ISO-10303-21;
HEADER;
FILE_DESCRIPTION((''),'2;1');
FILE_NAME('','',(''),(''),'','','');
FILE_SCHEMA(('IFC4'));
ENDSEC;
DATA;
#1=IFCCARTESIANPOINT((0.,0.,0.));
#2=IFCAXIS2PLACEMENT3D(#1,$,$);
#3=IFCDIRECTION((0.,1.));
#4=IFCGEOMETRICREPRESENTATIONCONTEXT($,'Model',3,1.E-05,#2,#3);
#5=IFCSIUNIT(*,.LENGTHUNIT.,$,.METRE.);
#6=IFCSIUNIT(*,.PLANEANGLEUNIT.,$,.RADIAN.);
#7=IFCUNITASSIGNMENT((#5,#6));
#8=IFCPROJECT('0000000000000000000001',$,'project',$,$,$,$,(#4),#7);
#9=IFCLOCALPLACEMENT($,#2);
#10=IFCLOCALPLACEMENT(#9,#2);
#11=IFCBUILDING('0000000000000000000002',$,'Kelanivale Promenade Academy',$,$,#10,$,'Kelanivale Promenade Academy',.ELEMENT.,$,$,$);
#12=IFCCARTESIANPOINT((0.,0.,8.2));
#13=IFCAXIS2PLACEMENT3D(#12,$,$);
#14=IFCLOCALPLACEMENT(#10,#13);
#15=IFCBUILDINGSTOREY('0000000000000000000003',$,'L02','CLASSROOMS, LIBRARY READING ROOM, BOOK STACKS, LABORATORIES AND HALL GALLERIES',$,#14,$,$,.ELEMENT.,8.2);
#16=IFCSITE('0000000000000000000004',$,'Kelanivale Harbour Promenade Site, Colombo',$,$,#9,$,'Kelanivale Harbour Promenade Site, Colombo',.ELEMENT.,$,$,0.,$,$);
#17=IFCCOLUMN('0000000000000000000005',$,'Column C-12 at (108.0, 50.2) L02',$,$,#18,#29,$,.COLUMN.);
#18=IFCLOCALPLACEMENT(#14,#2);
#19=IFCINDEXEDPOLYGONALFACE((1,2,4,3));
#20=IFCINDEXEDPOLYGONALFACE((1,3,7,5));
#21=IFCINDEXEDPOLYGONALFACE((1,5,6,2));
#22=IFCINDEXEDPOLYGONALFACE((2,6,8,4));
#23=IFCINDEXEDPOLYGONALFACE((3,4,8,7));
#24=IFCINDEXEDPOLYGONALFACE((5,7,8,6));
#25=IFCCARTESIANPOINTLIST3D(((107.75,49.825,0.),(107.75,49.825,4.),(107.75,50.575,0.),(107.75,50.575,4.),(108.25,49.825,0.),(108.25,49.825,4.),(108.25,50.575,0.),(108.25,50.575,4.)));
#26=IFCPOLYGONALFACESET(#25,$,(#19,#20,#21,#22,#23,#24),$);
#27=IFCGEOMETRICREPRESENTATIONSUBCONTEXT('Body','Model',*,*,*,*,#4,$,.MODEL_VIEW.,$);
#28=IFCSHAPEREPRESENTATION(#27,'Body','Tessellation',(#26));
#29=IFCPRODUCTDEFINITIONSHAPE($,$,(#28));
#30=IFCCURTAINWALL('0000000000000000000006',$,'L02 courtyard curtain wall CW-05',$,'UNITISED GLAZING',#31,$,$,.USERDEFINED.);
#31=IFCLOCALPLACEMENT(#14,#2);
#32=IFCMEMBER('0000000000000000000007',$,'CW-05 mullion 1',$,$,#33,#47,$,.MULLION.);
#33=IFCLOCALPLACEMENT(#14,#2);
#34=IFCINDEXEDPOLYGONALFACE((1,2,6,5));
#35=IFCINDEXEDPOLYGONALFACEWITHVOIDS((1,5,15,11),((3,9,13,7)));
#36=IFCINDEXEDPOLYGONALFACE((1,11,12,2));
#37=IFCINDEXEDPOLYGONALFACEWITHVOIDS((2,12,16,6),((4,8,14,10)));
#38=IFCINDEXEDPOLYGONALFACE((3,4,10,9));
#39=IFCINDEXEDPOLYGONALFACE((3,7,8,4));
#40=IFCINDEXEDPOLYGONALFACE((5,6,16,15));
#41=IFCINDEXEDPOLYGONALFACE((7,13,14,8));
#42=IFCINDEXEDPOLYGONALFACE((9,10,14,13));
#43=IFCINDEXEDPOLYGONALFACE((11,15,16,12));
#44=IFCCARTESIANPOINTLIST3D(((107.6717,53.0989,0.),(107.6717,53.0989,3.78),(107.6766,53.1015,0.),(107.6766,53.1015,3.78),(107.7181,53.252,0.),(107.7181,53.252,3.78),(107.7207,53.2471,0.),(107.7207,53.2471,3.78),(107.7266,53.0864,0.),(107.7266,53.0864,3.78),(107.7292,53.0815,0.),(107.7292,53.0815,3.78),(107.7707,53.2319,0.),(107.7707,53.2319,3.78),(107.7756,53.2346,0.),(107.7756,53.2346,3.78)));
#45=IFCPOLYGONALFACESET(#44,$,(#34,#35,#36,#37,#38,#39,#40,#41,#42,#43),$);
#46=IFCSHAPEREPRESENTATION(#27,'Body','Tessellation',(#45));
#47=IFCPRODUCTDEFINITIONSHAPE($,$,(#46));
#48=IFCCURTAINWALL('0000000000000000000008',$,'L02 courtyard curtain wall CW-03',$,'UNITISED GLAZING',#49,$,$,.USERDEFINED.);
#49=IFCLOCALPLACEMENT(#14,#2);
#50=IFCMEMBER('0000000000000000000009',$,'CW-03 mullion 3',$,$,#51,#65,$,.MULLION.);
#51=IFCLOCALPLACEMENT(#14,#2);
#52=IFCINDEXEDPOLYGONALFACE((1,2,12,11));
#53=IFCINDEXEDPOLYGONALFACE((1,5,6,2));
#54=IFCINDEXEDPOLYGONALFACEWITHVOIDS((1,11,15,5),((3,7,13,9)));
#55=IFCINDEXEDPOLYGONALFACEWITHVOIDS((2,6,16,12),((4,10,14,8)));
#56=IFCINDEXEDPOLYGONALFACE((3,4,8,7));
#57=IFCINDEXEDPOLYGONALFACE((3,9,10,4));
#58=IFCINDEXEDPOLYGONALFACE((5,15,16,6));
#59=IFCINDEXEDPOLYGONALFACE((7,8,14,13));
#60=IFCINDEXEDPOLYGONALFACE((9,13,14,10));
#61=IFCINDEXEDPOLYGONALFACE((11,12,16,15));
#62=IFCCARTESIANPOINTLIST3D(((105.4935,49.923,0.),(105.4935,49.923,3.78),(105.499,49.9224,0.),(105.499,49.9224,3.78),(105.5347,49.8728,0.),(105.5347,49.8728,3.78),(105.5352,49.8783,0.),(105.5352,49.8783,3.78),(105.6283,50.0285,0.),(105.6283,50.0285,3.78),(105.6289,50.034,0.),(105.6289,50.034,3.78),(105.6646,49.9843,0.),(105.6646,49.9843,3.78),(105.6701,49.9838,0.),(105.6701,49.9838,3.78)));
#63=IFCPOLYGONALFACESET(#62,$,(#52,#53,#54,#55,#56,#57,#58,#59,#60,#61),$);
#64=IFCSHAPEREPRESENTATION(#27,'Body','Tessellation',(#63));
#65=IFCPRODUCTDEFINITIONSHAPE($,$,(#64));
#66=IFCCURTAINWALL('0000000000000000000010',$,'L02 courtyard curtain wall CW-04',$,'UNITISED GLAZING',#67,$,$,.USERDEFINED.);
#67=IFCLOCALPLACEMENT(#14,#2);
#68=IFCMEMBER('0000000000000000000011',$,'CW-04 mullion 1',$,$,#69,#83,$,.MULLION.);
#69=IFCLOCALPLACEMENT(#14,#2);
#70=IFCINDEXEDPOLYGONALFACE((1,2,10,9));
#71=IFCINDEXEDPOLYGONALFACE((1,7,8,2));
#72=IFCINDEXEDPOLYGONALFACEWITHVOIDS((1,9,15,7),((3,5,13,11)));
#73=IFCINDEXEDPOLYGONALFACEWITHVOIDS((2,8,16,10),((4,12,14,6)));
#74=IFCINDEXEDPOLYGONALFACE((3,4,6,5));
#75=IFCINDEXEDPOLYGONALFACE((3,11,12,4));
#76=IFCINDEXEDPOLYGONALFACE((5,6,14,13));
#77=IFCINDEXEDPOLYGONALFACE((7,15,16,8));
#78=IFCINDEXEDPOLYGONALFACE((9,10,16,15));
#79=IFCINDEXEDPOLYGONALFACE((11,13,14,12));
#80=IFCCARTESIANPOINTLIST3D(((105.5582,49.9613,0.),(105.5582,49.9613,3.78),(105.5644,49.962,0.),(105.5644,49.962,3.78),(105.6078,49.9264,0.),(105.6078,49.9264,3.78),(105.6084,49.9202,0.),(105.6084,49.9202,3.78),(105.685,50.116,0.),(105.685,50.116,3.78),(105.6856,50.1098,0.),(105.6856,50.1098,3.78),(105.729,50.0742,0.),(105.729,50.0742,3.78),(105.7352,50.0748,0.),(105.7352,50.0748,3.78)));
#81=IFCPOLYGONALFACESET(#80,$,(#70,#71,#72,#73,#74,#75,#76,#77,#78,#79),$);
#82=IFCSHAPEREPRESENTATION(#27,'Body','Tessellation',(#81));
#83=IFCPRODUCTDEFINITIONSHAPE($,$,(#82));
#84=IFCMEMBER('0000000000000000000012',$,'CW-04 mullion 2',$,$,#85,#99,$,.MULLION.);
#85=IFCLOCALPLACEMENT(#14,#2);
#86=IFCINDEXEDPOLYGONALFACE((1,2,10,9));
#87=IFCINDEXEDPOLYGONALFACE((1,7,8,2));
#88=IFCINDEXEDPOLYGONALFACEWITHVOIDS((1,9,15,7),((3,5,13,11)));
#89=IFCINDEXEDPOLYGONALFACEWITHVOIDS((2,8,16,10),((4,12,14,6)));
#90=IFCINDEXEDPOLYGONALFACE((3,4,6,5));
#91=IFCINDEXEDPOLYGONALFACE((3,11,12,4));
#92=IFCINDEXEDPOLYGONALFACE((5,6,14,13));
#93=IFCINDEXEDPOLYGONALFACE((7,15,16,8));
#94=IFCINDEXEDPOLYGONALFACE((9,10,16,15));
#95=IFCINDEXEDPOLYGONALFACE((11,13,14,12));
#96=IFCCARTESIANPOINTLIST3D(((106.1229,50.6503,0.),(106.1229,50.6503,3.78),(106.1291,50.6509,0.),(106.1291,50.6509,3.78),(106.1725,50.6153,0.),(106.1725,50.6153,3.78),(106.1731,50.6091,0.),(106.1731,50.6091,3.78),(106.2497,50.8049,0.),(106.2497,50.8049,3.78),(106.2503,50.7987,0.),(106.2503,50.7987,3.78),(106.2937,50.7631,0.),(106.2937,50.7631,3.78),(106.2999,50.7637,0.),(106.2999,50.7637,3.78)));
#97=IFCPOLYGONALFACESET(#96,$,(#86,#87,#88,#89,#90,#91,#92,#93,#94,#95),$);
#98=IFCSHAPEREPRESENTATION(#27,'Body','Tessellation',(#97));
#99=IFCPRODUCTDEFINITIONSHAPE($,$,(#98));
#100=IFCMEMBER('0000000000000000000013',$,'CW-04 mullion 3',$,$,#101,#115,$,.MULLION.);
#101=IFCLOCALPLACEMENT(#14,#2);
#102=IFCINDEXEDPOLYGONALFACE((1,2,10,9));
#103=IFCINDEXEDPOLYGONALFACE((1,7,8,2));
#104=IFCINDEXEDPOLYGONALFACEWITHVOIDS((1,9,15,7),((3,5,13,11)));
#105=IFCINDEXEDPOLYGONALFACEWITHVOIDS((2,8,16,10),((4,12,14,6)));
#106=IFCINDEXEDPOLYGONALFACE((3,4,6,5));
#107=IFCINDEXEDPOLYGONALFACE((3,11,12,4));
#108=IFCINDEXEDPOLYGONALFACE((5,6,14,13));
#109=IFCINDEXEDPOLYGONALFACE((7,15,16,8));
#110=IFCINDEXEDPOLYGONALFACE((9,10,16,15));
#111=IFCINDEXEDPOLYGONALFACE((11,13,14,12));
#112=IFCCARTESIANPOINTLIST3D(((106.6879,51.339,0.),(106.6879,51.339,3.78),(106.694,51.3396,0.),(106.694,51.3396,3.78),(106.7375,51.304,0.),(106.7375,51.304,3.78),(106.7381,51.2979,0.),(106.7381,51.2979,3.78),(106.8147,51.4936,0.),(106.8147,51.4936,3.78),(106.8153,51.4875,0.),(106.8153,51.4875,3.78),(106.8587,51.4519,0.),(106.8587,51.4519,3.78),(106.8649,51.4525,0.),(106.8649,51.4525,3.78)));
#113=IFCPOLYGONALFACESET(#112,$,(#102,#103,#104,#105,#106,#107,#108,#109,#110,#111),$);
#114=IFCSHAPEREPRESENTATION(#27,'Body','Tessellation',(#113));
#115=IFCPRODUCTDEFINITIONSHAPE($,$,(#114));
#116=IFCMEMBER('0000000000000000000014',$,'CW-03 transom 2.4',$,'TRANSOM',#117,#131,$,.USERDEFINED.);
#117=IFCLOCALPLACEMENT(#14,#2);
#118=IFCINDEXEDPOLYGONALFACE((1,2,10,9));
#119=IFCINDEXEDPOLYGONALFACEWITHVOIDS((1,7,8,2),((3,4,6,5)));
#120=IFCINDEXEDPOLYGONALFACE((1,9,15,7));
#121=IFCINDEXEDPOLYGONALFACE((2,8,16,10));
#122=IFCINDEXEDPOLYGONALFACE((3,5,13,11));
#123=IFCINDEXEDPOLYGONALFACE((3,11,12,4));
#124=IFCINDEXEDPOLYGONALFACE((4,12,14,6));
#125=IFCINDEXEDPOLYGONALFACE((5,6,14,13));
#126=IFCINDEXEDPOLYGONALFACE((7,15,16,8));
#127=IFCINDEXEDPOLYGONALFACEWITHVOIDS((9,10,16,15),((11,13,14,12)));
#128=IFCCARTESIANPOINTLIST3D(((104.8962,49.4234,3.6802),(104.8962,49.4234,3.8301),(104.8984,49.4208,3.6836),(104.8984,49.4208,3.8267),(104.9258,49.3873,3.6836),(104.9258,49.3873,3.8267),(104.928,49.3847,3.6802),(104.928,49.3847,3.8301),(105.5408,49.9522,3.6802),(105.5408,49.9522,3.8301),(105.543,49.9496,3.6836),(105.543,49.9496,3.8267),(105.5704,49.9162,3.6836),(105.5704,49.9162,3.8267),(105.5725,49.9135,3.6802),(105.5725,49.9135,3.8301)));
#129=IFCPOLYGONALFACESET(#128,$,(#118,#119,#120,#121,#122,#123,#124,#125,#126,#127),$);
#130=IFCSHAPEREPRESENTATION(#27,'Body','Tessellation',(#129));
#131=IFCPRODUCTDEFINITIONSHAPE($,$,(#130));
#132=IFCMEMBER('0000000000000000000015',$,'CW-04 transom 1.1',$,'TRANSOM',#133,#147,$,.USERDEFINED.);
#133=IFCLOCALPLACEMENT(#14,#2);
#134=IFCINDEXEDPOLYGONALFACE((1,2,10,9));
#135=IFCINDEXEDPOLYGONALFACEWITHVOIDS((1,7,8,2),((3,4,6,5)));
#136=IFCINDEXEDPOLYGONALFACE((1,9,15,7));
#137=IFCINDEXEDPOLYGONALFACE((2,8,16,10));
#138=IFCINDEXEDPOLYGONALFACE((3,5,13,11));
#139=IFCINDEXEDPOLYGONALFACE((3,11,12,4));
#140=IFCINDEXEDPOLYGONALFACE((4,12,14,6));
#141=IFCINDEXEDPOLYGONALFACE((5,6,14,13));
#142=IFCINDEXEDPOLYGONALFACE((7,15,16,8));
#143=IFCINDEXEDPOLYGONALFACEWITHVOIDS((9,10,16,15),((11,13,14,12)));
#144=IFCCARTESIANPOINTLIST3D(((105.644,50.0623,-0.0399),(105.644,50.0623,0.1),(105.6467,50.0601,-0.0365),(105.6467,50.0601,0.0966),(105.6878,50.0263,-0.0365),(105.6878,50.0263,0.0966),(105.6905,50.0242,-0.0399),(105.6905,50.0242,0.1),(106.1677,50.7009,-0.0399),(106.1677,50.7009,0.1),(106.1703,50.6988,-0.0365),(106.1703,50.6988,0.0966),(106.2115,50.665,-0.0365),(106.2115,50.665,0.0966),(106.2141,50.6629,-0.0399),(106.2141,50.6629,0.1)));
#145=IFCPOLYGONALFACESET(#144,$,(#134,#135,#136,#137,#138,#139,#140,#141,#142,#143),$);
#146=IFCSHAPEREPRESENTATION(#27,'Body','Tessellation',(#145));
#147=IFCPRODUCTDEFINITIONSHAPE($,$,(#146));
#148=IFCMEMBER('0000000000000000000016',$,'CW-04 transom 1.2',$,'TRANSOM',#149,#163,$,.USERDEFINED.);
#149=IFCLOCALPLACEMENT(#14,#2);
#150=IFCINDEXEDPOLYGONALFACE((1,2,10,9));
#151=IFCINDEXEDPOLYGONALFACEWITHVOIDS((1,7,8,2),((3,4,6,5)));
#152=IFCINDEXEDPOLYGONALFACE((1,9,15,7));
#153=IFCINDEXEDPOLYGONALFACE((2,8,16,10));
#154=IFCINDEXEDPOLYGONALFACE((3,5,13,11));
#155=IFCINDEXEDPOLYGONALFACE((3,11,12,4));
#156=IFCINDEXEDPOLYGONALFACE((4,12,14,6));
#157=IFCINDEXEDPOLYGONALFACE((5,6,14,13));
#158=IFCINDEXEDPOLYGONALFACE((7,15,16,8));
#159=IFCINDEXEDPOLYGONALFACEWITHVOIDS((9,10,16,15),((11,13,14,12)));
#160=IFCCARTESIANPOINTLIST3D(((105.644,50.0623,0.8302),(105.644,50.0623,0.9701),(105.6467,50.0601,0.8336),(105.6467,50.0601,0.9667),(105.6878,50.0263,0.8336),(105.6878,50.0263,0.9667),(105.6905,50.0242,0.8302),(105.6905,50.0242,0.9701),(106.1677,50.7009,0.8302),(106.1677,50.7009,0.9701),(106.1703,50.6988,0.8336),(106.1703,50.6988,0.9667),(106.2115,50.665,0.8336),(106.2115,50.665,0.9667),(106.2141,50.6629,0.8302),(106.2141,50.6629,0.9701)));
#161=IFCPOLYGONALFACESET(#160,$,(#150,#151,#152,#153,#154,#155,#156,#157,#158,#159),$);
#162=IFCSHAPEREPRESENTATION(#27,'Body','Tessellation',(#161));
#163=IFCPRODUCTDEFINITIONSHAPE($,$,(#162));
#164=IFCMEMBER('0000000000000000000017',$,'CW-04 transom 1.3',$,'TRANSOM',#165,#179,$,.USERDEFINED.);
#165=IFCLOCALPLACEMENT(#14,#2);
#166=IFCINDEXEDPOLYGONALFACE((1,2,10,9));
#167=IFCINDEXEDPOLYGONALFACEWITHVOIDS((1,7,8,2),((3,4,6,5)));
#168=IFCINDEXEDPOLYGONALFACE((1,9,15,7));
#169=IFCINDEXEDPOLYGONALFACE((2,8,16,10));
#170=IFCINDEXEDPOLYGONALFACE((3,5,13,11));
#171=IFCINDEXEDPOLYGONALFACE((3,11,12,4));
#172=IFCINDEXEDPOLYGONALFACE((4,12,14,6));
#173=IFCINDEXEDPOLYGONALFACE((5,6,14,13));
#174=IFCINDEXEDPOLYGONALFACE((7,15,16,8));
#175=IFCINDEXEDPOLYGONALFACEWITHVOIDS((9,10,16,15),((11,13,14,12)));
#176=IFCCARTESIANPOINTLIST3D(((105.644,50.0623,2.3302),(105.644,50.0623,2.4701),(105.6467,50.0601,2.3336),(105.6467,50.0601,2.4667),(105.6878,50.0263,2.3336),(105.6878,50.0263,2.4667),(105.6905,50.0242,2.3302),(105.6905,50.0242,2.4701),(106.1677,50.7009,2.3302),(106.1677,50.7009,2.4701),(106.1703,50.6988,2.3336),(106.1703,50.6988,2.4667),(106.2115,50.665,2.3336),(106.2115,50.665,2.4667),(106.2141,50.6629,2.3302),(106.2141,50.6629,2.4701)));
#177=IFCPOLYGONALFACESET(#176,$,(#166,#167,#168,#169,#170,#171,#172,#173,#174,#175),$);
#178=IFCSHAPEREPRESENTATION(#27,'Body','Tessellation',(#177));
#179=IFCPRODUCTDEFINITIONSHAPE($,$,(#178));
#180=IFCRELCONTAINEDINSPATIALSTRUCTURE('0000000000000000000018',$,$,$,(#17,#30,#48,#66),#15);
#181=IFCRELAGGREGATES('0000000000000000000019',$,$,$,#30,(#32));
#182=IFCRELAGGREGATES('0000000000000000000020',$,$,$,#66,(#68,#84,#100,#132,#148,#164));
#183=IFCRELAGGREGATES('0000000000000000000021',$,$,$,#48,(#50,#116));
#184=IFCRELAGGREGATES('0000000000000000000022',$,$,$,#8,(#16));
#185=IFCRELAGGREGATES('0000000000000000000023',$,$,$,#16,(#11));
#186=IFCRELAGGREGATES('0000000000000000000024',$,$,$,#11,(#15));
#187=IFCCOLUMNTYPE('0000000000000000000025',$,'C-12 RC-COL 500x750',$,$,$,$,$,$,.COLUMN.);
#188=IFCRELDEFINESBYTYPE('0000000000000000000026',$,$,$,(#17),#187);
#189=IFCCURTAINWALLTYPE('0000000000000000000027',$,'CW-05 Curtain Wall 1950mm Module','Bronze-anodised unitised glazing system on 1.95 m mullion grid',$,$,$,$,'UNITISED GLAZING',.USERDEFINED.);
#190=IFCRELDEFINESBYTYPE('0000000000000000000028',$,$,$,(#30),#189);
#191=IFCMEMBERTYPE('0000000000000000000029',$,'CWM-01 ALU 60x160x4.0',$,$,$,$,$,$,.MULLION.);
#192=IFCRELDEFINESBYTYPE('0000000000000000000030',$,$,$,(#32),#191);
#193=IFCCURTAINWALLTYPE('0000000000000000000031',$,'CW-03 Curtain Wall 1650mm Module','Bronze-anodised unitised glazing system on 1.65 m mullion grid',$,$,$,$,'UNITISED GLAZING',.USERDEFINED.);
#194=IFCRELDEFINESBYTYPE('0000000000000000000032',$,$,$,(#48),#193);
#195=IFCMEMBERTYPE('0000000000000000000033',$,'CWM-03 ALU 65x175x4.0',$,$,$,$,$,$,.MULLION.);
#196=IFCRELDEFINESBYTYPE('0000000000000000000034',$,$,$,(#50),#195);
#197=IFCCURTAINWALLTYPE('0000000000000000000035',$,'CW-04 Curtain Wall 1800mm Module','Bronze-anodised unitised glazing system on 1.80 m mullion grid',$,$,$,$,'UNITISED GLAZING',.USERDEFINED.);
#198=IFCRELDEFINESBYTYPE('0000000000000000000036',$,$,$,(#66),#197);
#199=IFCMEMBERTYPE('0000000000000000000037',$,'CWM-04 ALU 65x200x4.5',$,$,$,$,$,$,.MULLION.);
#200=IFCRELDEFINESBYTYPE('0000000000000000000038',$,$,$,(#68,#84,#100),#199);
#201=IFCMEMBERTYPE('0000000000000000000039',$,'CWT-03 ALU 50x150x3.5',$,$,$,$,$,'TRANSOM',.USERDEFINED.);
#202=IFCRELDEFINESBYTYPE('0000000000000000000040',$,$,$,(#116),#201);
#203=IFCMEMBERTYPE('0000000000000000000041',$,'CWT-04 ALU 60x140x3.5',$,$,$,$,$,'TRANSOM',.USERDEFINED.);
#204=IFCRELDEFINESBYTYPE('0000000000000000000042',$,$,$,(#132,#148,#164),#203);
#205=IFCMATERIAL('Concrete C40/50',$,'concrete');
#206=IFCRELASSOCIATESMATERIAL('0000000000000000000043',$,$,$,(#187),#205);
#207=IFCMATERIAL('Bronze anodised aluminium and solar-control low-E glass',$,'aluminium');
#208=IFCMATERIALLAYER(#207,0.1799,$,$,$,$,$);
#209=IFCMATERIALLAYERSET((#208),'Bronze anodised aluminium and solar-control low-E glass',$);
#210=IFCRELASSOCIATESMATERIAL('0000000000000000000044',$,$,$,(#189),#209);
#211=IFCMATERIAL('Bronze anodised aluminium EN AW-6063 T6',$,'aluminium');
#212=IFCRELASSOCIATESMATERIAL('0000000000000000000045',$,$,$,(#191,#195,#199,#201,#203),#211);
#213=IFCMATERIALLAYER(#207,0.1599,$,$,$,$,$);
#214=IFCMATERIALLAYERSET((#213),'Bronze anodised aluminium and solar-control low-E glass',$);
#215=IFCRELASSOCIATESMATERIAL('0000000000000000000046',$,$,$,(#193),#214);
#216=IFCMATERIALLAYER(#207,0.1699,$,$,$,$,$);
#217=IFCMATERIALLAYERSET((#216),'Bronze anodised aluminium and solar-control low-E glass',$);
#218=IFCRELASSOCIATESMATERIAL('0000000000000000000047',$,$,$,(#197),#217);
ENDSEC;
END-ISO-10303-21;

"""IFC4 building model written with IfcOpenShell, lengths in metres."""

from ifc_helpers import new_model, si_unit, direction, frame, origin, origin_2d, place, context, subcontext, project, spatial, rectangle, hollow_rectangle, extrude, material, layer, layer_set, material_profile, profile_set, type_object, element, aggregate, save


model = new_model("IFC4")

# Units and contexts
model_context = context("Model", 3, precision=1e-05, world=origin(), true_north=direction((0.0, 1.0)))
body_context = subcontext(model_context, "Body", "Model", "MODEL_VIEW")
ifc_project = project(units=[si_unit("LENGTHUNIT", "METRE"), si_unit("PLANEANGLEUNIT", "RADIAN")], contexts=[model_context])

# Site, building, storey
site_placement = place(None, origin())
site = spatial("IfcSite", under=ifc_project, at=site_placement, Name="Kelanivale Harbour Promenade Site, Colombo", LongName="Kelanivale Harbour Promenade Site, Colombo", CompositionType="ELEMENT", RefElevation=0.0)
building_placement = place(site_placement, origin())
building = spatial("IfcBuilding", under=site, at=building_placement, Name="Kelanivale Promenade Academy", LongName="Kelanivale Promenade Academy", CompositionType="ELEMENT")
storey_placement = place(building_placement, frame((0.0, 0.0, 8.2)))
storey = spatial("IfcBuildingStorey", under=building, at=storey_placement, Name="L02", Description="CLASSROOMS, LIBRARY READING ROOM, BOOK STACKS, LABORATORIES AND HALL GALLERIES", CompositionType="ELEMENT", Elevation=8.2)

# Column
ifc_material_1 = material(Name="Concrete C40/50", Category="concrete")
ifc_material_profile_1 = material_profile(ifc_material_1, rectangle(XDim=0.5, YDim=0.75, at=origin_2d()), Name="RC-COL 500x750")
ifc_profile_set_1 = profile_set([ifc_material_profile_1], Name="Concrete C40/50")
column_type = type_object("IfcColumnType", Name="C-12 RC-COL 500x750", PredefinedType="COLUMN", material=ifc_profile_set_1)
column_placement = place(storey_placement, frame((108.0, 50.2, 0.0), z_axis=(0.0, 0.0, 1.0), x_axis=(1.0, 0.0, 0.0)))
element("IfcColumn", 1, at=column_placement, inside=storey, type_object=column_type, Name="Column C-12 at (108.0, 50.2) L02", PredefinedType="COLUMN", context=body_context, shape_type="SweptSolid", body=[
    extrude(rectangle(XDim=0.5, YDim=0.75, at=origin_2d()), origin(), (0.0, 0.0, 1.0), 4.0),
])

# Curtain walls, members
ifc_material_2 = material(Name="Bronze anodised aluminium and solar-control low-E glass", Category="aluminium")
ifc_layer_1 = layer(ifc_material_2, 0.1799)
ifc_layer_set_1 = layer_set([ifc_layer_1], Name="Bronze anodised aluminium and solar-control low-E glass")
curtain_wall_type_1 = type_object("IfcCurtainWallType", Name="CW-05 Curtain Wall 1950mm Module", Description="Bronze-anodised unitised glazing system on 1.95 m mullion grid", ElementType="UNITISED GLAZING", PredefinedType="USERDEFINED", material=ifc_layer_set_1)
curtain_wall_1_placement = place(storey_placement, origin())
curtain_wall_1 = element("IfcCurtainWall", 2, at=curtain_wall_1_placement, inside=storey, type_object=curtain_wall_type_1, Name="L02 courtyard curtain wall CW-05", ObjectType="UNITISED GLAZING", PredefinedType="USERDEFINED")
ifc_material_3 = material(Name="Bronze anodised aluminium EN AW-6063 T6", Category="aluminium")
ifc_material_profile_2 = material_profile(ifc_material_3, hollow_rectangle(XDim=0.0601, YDim=0.1599, WallThickness=0.0039, at=origin_2d()), Name="ALU 60x160x4.0")
ifc_profile_set_2 = profile_set([ifc_material_profile_2], Name="Bronze anodised aluminium EN AW-6063 T6")
member_type_1 = type_object("IfcMemberType", Name="CWM-01 ALU 60x160x4.0", PredefinedType="MULLION", material=ifc_profile_set_2)
member_1_placement = place(storey_placement, frame((107.7236, 53.1667, 0.0), z_axis=(0.0, 0.0, 1.0), x_axis=(-0.956988, 0.290128, 0.0)))
member_1 = element("IfcMember", 3, at=member_1_placement, type_object=member_type_1, Name="CW-05 mullion 1", PredefinedType="MULLION", context=body_context, shape_type="SweptSolid", body=[
    extrude(hollow_rectangle(XDim=0.0601, YDim=0.1599, WallThickness=0.0039, at=origin_2d()), origin(), (0.0, 0.0, 1.0), 3.78),
])
aggregate(curtain_wall_1, [member_1])
ifc_layer_2 = layer(ifc_material_2, 0.1599)
ifc_layer_set_2 = layer_set([ifc_layer_2], Name="Bronze anodised aluminium and solar-control low-E glass")
curtain_wall_type_2 = type_object("IfcCurtainWallType", Name="CW-03 Curtain Wall 1650mm Module", Description="Bronze-anodised unitised glazing system on 1.65 m mullion grid", ElementType="UNITISED GLAZING", PredefinedType="USERDEFINED", material=ifc_layer_set_2)
curtain_wall_2_placement = place(storey_placement, origin())
curtain_wall_2 = element("IfcCurtainWall", 4, at=curtain_wall_2_placement, inside=storey, type_object=curtain_wall_type_2, Name="L02 courtyard curtain wall CW-03", ObjectType="UNITISED GLAZING", PredefinedType="USERDEFINED")
ifc_material_profile_3 = material_profile(ifc_material_3, hollow_rectangle(XDim=0.0649, YDim=0.175, WallThickness=0.0039, at=origin_2d()), Name="ALU 65x175x4.0")
ifc_profile_set_3 = profile_set([ifc_material_profile_3], Name="Bronze anodised aluminium EN AW-6063 T6")
member_type_2 = type_object("IfcMemberType", Name="CWM-03 ALU 65x175x4.0", PredefinedType="MULLION", material=ifc_profile_set_3)
member_2_placement = place(storey_placement, frame((105.5818, 49.9534, 0.0), z_axis=(0.0, 0.0, 1.0), x_axis=(-0.634144, 0.773215, 0.0)))
member_2 = element("IfcMember", 5, at=member_2_placement, type_object=member_type_2, Name="CW-03 mullion 3", PredefinedType="MULLION", context=body_context, shape_type="SweptSolid", body=[
    extrude(hollow_rectangle(XDim=0.0649, YDim=0.175, WallThickness=0.0039, at=origin_2d()), origin(), (0.0, 0.0, 1.0), 3.78),
])

# Curtain wall, members
ifc_layer_3 = layer(ifc_material_2, 0.1699)
ifc_layer_set_3 = layer_set([ifc_layer_3], Name="Bronze anodised aluminium and solar-control low-E glass")
curtain_wall_type_3 = type_object("IfcCurtainWallType", Name="CW-04 Curtain Wall 1800mm Module", Description="Bronze-anodised unitised glazing system on 1.80 m mullion grid", ElementType="UNITISED GLAZING", PredefinedType="USERDEFINED", material=ifc_layer_set_3)
curtain_wall_3_placement = place(storey_placement, origin())
curtain_wall_3 = element("IfcCurtainWall", 6, at=curtain_wall_3_placement, inside=storey, type_object=curtain_wall_type_3, Name="L02 courtyard curtain wall CW-04", ObjectType="UNITISED GLAZING", PredefinedType="USERDEFINED")
ifc_material_profile_4 = material_profile(ifc_material_3, hollow_rectangle(XDim=0.0649, YDim=0.2, WallThickness=0.0044, at=origin_2d()), Name="ALU 65x200x4.5")
ifc_profile_set_4 = profile_set([ifc_material_profile_4], Name="Bronze anodised aluminium EN AW-6063 T6")
member_type_3 = type_object("IfcMemberType", Name="CWM-04 ALU 65x200x4.5", PredefinedType="MULLION", material=ifc_profile_set_4)
member_3_placement = place(storey_placement, frame((105.6467, 50.0181, 0.0), z_axis=(0.0, 0.0, 1.0), x_axis=(-0.773257, 0.634093, 0.0)))
member_3 = element("IfcMember", 7, at=member_3_placement, type_object=member_type_3, Name="CW-04 mullion 1", PredefinedType="MULLION", context=body_context, shape_type="SweptSolid", body=[
    extrude(hollow_rectangle(XDim=0.0649, YDim=0.2, WallThickness=0.0044, at=origin_2d()), origin(), (0.0, 0.0, 1.0), 3.78),
])
member_4_placement = place(storey_placement, frame((106.2114, 50.707, 0.0), z_axis=(0.0, 0.0, 1.0), x_axis=(-0.773257, 0.634093, 0.0)))
member_4 = element("IfcMember", 8, at=member_4_placement, type_object=member_type_3, Name="CW-04 mullion 2", PredefinedType="MULLION", context=body_context, shape_type="SweptSolid", body=[
    extrude(hollow_rectangle(XDim=0.0649, YDim=0.2, WallThickness=0.0044, at=origin_2d()), origin(), (0.0, 0.0, 1.0), 3.78),
])
member_5_placement = place(storey_placement, frame((106.7764, 51.3958, 0.0), z_axis=(0.0, 0.0, 1.0), x_axis=(-0.773257, 0.634093, 0.0)))
member_5 = element("IfcMember", 9, at=member_5_placement, type_object=member_type_3, Name="CW-04 mullion 3", PredefinedType="MULLION", context=body_context, shape_type="SweptSolid", body=[
    extrude(hollow_rectangle(XDim=0.0649, YDim=0.2, WallThickness=0.0044, at=origin_2d()), origin(), (0.0, 0.0, 1.0), 3.78),
])

# Members
ifc_material_profile_5 = material_profile(ifc_material_3, hollow_rectangle(XDim=0.05, YDim=0.1499, WallThickness=0.0034, at=origin_2d()), Name="ALU 50x150x3.5")
ifc_profile_set_5 = profile_set([ifc_material_profile_5], Name="Bronze anodised aluminium EN AW-6063 T6")
member_type_4 = type_object("IfcMemberType", Name="CWT-03 ALU 50x150x3.5", ElementType="TRANSOM", PredefinedType="USERDEFINED", material=ifc_profile_set_5)
member_6_placement = place(storey_placement, frame((104.9121, 49.4041, 3.7551), z_axis=(0.773095, 0.63429, 0.0), x_axis=(-0.63429, 0.773095, 0.0)))
member_6 = element("IfcMember", 10, at=member_6_placement, type_object=member_type_4, Name="CW-03 transom 2.4", ObjectType="TRANSOM", PredefinedType="USERDEFINED", context=body_context, shape_type="SweptSolid", body=[
    extrude(hollow_rectangle(XDim=0.05, YDim=0.1499, WallThickness=0.0034, at=origin_2d()), origin(), (0.0, 0.0, 1.0), 0.8337),
])
ifc_material_profile_6 = material_profile(ifc_material_3, hollow_rectangle(XDim=0.0601, YDim=0.1399, WallThickness=0.0034, at=origin_2d()), Name="ALU 60x140x3.5")
ifc_profile_set_6 = profile_set([ifc_material_profile_6], Name="Bronze anodised aluminium EN AW-6063 T6")
member_type_5 = type_object("IfcMemberType", Name="CWT-04 ALU 60x140x3.5", ElementType="TRANSOM", PredefinedType="USERDEFINED", material=ifc_profile_set_6)
member_7_placement = place(storey_placement, frame((105.6672, 50.0432, 0.03), z_axis=(0.634058, 0.773285, 0.0), x_axis=(-0.773285, 0.634058, 0.0)))
member_7 = element("IfcMember", 11, at=member_7_placement, type_object=member_type_5, Name="CW-04 transom 1.1", ObjectType="TRANSOM", PredefinedType="USERDEFINED", context=body_context, shape_type="SweptSolid", body=[
    extrude(hollow_rectangle(XDim=0.0601, YDim=0.1399, WallThickness=0.0034, at=origin_2d()), origin(), (0.0, 0.0, 1.0), 0.8259),
])
member_8_placement = place(storey_placement, frame((105.6672, 50.0432, 0.9001), z_axis=(0.634058, 0.773285, 0.0), x_axis=(-0.773285, 0.634058, 0.0)))
member_8 = element("IfcMember", 12, at=member_8_placement, type_object=member_type_5, Name="CW-04 transom 1.2", ObjectType="TRANSOM", PredefinedType="USERDEFINED", context=body_context, shape_type="SweptSolid", body=[
    extrude(hollow_rectangle(XDim=0.0601, YDim=0.1399, WallThickness=0.0034, at=origin_2d()), origin(), (0.0, 0.0, 1.0), 0.8259),
])
member_9_placement = place(storey_placement, frame((105.6672, 50.0432, 2.4001), z_axis=(0.634058, 0.773285, 0.0), x_axis=(-0.773285, 0.634058, 0.0)))
member_9 = element("IfcMember", 13, at=member_9_placement, type_object=member_type_5, Name="CW-04 transom 1.3", ObjectType="TRANSOM", PredefinedType="USERDEFINED", context=body_context, shape_type="SweptSolid", body=[
    extrude(hollow_rectangle(XDim=0.0601, YDim=0.1399, WallThickness=0.0034, at=origin_2d()), origin(), (0.0, 0.0, 1.0), 0.8259),
])

aggregate(curtain_wall_3, [member_3, member_4, member_5, member_7, member_8, member_9])
aggregate(curtain_wall_2, [member_2, member_6])

save(model, "model.ifc")
